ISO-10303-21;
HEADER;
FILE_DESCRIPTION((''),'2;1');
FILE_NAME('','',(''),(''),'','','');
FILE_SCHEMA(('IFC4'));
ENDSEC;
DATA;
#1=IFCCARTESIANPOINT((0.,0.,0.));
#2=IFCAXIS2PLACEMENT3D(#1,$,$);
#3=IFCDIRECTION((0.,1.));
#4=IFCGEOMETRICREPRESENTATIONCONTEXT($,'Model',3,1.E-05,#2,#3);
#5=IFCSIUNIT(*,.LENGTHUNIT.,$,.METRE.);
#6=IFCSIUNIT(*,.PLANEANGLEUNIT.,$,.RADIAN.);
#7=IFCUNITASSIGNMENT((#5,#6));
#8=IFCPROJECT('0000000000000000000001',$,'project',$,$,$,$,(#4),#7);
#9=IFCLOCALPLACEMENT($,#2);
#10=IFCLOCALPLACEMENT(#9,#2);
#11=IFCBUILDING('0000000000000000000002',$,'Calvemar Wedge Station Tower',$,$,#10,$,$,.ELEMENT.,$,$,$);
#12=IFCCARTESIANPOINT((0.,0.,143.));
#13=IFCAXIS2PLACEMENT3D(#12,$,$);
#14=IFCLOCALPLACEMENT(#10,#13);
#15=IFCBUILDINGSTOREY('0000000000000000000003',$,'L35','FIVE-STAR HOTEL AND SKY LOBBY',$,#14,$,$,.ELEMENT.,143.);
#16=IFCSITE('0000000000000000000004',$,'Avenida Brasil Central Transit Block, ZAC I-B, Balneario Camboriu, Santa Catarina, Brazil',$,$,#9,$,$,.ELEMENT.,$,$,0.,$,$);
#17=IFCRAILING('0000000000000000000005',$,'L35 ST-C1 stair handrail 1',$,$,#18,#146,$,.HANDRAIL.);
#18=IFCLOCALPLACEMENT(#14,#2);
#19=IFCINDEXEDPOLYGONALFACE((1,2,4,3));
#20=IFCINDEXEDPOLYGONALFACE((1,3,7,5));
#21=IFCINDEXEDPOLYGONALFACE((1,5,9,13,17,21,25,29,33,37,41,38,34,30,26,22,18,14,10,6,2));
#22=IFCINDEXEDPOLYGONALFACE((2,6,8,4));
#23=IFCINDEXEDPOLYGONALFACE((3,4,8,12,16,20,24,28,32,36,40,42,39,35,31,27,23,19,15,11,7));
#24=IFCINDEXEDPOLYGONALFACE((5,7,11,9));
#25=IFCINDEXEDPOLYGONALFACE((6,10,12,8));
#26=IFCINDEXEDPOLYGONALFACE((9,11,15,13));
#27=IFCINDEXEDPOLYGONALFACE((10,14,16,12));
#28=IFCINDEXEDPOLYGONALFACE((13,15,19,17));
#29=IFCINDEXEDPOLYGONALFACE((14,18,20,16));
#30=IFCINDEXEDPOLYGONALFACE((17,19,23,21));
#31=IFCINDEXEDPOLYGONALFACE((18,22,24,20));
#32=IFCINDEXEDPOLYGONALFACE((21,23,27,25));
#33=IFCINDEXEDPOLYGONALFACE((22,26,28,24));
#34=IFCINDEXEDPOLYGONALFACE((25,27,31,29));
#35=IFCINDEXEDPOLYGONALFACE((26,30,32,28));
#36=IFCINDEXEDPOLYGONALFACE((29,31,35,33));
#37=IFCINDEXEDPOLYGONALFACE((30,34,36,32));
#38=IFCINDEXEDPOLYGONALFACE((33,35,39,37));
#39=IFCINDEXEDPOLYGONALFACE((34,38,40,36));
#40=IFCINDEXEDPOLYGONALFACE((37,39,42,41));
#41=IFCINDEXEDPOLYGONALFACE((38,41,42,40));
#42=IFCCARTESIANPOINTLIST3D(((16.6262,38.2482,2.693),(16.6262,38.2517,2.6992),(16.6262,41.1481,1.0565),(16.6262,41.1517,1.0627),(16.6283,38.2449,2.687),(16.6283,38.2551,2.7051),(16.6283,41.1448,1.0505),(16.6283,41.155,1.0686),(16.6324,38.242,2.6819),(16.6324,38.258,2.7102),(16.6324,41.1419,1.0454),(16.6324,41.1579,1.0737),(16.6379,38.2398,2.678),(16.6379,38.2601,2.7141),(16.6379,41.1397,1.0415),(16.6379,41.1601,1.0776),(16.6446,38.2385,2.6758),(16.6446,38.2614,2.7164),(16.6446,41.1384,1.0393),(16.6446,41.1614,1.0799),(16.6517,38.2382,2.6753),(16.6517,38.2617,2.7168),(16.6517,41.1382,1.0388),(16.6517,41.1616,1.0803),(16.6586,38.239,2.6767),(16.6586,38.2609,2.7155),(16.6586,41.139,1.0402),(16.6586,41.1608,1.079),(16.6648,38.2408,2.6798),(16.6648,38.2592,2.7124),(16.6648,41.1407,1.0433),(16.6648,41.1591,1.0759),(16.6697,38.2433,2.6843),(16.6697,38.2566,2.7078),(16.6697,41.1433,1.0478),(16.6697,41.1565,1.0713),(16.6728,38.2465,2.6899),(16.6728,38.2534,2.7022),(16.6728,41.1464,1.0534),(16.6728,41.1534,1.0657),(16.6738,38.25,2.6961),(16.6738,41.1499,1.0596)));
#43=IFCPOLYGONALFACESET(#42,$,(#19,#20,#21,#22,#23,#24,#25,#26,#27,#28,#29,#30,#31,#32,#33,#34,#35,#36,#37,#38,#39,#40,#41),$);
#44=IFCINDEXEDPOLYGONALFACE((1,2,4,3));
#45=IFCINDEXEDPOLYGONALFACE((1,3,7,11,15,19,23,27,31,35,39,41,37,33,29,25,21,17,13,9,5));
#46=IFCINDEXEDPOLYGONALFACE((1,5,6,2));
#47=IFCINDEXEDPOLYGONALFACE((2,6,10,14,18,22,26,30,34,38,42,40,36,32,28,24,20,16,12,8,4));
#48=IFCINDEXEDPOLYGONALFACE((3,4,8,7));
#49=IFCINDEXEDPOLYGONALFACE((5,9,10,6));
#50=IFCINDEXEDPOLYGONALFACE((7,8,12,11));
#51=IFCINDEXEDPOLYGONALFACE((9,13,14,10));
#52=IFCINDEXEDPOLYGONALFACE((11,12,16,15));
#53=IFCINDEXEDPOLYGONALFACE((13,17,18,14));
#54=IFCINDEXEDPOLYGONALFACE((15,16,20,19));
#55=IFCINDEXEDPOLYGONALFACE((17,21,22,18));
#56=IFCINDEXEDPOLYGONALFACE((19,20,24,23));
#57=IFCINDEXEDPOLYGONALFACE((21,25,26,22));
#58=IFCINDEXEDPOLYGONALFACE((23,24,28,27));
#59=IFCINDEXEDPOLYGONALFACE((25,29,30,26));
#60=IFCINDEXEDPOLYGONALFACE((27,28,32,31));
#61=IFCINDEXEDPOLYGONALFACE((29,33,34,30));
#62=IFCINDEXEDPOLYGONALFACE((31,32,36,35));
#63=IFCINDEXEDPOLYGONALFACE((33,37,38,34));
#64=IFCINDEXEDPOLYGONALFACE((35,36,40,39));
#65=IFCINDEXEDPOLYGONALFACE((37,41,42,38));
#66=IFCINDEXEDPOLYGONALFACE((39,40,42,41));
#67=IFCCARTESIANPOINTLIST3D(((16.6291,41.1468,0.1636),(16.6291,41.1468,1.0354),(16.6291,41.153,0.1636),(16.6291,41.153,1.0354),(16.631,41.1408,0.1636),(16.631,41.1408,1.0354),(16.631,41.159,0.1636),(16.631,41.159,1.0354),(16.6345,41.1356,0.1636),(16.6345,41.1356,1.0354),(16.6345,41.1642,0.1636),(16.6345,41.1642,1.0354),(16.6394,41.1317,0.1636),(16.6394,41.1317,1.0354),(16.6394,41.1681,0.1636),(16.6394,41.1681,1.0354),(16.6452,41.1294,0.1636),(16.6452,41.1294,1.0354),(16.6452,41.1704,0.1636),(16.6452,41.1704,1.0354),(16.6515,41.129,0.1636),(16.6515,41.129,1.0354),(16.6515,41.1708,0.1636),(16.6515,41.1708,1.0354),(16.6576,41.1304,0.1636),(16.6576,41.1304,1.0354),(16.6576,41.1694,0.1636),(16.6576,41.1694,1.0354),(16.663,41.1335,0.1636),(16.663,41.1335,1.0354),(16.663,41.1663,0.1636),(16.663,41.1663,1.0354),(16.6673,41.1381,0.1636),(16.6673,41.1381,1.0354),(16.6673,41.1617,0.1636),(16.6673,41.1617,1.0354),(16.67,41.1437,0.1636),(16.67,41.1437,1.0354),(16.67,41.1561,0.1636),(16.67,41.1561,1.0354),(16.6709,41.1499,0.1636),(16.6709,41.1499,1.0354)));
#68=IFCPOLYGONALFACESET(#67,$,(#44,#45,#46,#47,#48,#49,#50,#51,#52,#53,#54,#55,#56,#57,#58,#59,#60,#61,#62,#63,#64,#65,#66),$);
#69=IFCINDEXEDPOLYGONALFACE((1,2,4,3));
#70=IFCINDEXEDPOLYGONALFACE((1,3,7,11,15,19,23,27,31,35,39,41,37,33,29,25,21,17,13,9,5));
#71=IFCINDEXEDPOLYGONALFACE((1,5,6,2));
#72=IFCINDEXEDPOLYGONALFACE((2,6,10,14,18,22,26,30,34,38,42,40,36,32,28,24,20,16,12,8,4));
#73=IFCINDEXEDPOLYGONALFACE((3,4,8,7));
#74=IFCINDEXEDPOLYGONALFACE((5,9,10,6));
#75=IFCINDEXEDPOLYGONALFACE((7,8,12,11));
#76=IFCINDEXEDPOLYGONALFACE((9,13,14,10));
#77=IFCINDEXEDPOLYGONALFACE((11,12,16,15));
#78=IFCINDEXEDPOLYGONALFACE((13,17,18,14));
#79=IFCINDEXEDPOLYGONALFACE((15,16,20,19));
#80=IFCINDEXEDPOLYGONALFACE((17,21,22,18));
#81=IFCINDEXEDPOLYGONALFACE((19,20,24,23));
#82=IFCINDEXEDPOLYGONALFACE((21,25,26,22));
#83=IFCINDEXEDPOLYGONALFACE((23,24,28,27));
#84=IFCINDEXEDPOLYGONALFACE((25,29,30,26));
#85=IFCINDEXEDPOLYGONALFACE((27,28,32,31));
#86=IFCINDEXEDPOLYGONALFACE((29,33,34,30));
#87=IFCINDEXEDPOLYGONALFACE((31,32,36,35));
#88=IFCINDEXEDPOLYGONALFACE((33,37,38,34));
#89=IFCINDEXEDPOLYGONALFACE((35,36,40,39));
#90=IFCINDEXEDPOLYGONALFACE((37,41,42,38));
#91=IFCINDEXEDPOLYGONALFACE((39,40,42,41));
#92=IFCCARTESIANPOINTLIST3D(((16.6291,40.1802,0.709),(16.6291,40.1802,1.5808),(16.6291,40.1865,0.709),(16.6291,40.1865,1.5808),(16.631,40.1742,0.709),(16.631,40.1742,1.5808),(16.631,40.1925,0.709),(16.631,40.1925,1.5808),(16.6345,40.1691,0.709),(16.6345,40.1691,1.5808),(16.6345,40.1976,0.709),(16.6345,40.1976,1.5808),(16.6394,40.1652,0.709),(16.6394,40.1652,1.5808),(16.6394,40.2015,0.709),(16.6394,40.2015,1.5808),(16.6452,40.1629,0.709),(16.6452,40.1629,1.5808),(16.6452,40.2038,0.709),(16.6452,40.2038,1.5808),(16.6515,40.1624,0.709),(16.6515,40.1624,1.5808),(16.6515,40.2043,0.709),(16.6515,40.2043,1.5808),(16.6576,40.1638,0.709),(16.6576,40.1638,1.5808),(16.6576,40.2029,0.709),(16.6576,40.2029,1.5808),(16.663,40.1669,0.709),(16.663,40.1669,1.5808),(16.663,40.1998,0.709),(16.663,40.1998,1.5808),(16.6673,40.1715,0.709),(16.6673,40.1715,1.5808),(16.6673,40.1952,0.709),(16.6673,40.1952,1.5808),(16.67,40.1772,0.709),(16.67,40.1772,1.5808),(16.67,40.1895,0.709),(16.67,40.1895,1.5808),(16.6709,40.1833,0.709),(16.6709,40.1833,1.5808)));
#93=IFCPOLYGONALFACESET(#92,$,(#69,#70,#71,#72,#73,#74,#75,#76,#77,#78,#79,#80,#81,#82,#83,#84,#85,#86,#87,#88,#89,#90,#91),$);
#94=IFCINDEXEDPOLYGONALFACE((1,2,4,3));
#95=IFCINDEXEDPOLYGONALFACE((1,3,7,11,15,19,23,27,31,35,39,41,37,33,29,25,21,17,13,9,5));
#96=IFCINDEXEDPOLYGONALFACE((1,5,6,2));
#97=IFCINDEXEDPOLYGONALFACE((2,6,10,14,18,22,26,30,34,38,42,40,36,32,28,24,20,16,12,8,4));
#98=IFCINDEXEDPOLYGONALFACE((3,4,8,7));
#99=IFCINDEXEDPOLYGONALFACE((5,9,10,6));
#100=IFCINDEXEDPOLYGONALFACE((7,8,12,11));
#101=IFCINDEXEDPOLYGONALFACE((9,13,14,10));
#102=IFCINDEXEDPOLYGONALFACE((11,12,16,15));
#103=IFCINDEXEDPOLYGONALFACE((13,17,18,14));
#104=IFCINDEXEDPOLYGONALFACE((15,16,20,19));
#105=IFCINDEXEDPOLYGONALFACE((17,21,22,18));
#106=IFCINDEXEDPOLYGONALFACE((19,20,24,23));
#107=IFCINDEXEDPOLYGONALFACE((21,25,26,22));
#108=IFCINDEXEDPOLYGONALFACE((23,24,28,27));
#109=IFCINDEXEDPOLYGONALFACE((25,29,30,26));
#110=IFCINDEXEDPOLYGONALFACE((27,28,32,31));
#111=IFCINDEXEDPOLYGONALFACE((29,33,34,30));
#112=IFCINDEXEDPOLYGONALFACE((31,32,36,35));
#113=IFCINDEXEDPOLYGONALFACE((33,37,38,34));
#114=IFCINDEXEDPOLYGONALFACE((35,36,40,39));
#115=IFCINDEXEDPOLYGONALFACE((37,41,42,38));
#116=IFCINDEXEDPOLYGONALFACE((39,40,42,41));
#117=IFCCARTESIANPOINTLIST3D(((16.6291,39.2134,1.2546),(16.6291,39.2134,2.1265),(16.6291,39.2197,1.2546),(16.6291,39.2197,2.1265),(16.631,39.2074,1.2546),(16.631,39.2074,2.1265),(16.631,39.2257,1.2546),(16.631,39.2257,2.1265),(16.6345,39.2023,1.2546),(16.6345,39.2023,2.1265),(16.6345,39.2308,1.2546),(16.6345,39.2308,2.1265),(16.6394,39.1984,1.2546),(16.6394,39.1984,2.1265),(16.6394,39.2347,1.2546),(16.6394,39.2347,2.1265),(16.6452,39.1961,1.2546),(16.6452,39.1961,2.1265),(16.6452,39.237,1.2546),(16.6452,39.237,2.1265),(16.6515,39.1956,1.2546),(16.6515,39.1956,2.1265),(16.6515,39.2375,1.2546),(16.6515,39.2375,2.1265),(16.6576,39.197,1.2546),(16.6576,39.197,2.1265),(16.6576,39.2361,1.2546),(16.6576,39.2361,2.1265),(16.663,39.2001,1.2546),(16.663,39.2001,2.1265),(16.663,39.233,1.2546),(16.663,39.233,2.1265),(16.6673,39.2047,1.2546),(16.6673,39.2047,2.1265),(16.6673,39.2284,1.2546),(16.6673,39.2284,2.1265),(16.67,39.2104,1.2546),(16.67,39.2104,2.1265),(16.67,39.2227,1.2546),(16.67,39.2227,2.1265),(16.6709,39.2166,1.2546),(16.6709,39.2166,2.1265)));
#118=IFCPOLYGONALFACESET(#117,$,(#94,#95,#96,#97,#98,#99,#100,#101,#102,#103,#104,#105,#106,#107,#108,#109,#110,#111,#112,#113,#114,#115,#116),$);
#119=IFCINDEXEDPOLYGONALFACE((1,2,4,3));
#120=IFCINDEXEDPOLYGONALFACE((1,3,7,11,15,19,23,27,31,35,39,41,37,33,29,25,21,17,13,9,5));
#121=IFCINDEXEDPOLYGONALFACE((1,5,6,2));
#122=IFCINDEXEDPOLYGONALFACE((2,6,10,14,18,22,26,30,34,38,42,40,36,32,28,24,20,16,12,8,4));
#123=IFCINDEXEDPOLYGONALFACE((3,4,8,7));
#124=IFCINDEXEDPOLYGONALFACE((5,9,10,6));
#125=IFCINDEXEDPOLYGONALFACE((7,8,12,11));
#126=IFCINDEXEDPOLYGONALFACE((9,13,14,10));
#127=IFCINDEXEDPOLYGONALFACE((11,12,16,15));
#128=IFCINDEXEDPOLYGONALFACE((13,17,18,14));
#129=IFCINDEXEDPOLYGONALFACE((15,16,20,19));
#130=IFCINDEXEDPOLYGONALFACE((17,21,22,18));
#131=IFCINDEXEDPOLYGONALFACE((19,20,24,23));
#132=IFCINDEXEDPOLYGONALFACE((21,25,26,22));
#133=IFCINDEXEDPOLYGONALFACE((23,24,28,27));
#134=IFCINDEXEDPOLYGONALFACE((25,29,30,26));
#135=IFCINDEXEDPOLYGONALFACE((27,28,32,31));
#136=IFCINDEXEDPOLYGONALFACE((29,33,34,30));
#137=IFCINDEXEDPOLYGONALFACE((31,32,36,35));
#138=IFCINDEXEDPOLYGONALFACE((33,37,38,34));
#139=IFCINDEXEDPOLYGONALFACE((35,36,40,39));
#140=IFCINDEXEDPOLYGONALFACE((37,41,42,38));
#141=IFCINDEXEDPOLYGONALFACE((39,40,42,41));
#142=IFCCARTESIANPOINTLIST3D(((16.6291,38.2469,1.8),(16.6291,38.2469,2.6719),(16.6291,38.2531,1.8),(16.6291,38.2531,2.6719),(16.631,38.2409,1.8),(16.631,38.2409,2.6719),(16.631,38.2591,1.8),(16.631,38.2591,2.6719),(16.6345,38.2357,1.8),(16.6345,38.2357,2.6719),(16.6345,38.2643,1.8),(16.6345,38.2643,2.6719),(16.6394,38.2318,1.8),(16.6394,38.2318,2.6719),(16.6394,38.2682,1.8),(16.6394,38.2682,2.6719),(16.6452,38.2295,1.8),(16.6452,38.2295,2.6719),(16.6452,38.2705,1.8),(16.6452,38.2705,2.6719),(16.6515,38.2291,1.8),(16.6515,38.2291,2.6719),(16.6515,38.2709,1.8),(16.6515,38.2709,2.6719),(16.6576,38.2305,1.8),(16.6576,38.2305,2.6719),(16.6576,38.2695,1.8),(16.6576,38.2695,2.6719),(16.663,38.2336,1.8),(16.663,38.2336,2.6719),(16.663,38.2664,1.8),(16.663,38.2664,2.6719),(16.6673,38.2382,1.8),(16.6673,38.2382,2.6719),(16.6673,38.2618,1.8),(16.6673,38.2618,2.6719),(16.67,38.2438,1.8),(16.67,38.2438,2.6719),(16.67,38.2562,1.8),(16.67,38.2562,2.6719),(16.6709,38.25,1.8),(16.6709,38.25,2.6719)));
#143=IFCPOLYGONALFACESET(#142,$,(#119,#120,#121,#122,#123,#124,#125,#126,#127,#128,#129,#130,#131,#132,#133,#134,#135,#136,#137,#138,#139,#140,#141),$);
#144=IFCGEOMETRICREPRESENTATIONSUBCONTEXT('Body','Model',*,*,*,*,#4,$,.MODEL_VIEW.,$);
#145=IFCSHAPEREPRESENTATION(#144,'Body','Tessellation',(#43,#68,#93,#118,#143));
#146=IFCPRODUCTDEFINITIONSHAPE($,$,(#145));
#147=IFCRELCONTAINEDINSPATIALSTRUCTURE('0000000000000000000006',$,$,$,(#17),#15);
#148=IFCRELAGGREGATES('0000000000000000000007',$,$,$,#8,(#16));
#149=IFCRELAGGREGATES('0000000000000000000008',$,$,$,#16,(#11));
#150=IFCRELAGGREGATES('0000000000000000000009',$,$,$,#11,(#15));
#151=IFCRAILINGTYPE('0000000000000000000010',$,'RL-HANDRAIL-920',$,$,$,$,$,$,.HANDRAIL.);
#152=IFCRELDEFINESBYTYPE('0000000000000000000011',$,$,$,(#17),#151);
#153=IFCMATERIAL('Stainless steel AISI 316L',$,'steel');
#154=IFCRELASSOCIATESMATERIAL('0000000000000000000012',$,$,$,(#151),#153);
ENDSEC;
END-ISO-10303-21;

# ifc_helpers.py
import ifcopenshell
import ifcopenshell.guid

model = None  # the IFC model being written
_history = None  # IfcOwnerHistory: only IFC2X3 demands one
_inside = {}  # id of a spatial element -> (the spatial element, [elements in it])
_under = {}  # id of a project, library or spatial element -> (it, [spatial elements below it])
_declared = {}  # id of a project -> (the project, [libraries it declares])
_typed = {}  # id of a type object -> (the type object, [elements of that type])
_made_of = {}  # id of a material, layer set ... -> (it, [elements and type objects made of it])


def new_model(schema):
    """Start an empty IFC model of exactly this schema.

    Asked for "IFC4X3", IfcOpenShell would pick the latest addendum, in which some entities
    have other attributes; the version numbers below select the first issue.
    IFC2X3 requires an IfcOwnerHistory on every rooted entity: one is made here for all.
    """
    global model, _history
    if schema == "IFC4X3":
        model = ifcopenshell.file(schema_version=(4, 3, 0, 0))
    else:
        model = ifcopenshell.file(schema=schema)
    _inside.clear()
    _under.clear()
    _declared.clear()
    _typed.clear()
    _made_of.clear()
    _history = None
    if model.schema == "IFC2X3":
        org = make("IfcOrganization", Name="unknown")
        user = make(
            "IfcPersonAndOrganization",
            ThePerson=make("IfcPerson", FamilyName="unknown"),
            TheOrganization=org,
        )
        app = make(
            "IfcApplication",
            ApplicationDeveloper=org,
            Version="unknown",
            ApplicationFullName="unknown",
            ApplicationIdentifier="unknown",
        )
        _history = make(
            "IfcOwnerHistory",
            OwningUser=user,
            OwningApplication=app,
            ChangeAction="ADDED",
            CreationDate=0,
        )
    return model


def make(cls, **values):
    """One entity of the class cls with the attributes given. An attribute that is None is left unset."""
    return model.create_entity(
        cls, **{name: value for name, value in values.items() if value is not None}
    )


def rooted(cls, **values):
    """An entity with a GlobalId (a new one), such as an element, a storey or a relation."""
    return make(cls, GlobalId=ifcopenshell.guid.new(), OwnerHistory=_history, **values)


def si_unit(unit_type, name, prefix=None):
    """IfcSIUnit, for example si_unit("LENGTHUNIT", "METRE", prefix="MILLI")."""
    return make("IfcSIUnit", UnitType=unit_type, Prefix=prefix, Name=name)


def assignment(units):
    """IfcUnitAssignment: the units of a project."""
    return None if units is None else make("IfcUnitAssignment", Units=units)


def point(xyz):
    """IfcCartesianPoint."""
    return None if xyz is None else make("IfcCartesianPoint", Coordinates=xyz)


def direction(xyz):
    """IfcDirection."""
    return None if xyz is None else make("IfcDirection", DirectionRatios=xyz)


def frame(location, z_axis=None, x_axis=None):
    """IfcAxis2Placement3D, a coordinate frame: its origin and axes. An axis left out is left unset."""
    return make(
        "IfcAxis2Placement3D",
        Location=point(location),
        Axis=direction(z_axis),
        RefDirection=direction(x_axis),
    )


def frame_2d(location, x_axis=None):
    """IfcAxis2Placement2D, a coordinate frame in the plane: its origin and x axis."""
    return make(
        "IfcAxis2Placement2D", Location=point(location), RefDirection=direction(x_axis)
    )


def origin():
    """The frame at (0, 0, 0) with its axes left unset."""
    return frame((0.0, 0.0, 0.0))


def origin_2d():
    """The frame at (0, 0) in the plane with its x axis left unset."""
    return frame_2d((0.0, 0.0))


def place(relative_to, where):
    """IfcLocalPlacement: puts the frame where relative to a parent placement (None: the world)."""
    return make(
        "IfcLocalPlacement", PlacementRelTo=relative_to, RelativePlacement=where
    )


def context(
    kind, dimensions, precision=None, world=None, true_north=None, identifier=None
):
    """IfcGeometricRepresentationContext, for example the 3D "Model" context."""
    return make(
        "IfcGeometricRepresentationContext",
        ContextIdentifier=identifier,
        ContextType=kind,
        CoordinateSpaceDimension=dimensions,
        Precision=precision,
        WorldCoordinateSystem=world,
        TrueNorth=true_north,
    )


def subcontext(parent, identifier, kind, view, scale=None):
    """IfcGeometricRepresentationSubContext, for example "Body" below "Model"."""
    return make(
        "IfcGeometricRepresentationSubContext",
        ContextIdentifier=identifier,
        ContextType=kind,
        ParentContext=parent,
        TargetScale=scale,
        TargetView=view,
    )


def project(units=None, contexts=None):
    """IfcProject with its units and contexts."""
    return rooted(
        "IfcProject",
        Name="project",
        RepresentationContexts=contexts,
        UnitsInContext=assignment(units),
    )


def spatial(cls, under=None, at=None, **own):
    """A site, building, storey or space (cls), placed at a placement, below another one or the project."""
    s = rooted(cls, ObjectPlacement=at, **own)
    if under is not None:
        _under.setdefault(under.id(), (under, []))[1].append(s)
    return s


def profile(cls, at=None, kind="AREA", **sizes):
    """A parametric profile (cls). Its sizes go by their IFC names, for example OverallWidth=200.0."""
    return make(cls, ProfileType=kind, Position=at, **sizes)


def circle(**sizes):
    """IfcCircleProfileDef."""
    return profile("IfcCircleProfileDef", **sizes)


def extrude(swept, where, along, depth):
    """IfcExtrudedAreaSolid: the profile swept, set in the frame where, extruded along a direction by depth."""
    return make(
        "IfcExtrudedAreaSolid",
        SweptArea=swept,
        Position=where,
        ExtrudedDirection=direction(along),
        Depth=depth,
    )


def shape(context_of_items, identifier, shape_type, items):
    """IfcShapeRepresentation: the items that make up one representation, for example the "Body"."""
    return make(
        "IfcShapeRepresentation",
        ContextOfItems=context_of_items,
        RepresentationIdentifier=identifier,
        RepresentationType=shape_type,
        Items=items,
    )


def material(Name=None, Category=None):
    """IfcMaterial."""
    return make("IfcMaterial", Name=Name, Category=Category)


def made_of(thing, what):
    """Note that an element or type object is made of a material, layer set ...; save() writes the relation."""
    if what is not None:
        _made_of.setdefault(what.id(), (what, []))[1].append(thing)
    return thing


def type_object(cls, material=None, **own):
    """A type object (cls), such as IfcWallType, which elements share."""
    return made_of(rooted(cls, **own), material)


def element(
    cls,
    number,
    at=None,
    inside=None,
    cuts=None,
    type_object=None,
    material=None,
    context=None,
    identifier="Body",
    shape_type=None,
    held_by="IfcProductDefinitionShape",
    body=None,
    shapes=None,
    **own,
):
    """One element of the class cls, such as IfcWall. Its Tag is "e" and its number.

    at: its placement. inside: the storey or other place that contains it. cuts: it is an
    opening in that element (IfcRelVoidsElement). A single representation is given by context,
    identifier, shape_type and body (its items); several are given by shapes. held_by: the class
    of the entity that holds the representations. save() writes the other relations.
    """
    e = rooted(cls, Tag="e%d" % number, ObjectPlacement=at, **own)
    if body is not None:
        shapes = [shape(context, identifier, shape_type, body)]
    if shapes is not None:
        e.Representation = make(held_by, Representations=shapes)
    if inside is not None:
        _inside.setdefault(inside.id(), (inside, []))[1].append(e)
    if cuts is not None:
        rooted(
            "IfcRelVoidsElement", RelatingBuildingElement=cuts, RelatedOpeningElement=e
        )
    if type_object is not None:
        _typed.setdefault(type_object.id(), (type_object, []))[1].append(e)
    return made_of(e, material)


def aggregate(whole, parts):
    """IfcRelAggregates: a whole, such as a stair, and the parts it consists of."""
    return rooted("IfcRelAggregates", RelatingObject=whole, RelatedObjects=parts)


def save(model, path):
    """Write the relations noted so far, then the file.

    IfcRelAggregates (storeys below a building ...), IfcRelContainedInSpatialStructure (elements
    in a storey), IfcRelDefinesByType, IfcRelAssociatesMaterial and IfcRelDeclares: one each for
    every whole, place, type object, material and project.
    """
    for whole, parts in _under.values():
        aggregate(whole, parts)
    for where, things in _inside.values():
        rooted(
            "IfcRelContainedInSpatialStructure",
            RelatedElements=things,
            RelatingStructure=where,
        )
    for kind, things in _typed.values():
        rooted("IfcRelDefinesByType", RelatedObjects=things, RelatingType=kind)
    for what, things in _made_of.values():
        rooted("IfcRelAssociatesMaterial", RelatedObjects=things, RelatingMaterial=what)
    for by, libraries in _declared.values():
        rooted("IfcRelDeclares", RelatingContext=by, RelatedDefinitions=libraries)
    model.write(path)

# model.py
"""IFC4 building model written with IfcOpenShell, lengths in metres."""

from ifc_helpers import new_model, si_unit, direction, frame, origin, origin_2d, place, context, subcontext, project, spatial, circle, extrude, material, type_object, element, save


model = new_model("IFC4")

# Units and contexts
model_context = context("Model", 3, precision=1e-05, world=origin(), true_north=direction((0.0, 1.0)))
body_context = subcontext(model_context, "Body", "Model", "MODEL_VIEW")
ifc_project = project(units=[si_unit("LENGTHUNIT", "METRE"), si_unit("PLANEANGLEUNIT", "RADIAN")], contexts=[model_context])

# Site, building, storey
site_placement = place(None, origin())
site = spatial("IfcSite", under=ifc_project, at=site_placement, Name="Avenida Brasil Central Transit Block, ZAC I-B, Balneario Camboriu, Santa Catarina, Brazil", CompositionType="ELEMENT", RefElevation=0.0)
building_placement = place(site_placement, origin())
building = spatial("IfcBuilding", under=site, at=building_placement, Name="Calvemar Wedge Station Tower", CompositionType="ELEMENT")
storey_placement = place(building_placement, frame((0.0, 0.0, 143.0)))
storey = spatial("IfcBuildingStorey", under=building, at=storey_placement, Name="L35", Description="FIVE-STAR HOTEL AND SKY LOBBY", CompositionType="ELEMENT", Elevation=143.0)

# Railing
ifc_material_1 = material(Name="Stainless steel AISI 316L", Category="steel")
railing_type_1 = type_object("IfcRailingType", Name="RL-HANDRAIL-920", PredefinedType="HANDRAIL", material=ifc_material_1)
railing_1_placement = place(storey_placement, frame((16.6499, 41.1499, 0.1636)))
element("IfcRailing", 1, at=railing_1_placement, inside=storey, type_object=railing_type_1, Name="L35 ST-C1 stair handrail 1", PredefinedType="HANDRAIL", context=body_context, shape_type="SweptSolid", body=[
    extrude(circle(Radius=0.0239, at=origin_2d()), frame((0.0, 0.0, 0.896), z_axis=(0.0, -0.870897, 0.491465), x_axis=(1.0, 0.0, 0.0)), (0.0, 0.0, 1.0), 3.3298),
    extrude(circle(Radius=0.021, at=origin_2d()), origin(), (0.0, 0.0, 1.0), 0.8718),
    extrude(circle(Radius=0.021, at=origin_2d()), frame((0.0, -0.9666, 0.5454)), (0.0, 0.0, 1.0), 0.8718),
    extrude(circle(Radius=0.021, at=origin_2d()), frame((0.0, -1.9333, 1.0911)), (0.0, 0.0, 1.0), 0.8718),
    extrude(circle(Radius=0.021, at=origin_2d()), frame((0.0, -2.8999, 1.6365)), (0.0, 0.0, 1.0), 0.8718),
])

save(model, "model.ifc")
